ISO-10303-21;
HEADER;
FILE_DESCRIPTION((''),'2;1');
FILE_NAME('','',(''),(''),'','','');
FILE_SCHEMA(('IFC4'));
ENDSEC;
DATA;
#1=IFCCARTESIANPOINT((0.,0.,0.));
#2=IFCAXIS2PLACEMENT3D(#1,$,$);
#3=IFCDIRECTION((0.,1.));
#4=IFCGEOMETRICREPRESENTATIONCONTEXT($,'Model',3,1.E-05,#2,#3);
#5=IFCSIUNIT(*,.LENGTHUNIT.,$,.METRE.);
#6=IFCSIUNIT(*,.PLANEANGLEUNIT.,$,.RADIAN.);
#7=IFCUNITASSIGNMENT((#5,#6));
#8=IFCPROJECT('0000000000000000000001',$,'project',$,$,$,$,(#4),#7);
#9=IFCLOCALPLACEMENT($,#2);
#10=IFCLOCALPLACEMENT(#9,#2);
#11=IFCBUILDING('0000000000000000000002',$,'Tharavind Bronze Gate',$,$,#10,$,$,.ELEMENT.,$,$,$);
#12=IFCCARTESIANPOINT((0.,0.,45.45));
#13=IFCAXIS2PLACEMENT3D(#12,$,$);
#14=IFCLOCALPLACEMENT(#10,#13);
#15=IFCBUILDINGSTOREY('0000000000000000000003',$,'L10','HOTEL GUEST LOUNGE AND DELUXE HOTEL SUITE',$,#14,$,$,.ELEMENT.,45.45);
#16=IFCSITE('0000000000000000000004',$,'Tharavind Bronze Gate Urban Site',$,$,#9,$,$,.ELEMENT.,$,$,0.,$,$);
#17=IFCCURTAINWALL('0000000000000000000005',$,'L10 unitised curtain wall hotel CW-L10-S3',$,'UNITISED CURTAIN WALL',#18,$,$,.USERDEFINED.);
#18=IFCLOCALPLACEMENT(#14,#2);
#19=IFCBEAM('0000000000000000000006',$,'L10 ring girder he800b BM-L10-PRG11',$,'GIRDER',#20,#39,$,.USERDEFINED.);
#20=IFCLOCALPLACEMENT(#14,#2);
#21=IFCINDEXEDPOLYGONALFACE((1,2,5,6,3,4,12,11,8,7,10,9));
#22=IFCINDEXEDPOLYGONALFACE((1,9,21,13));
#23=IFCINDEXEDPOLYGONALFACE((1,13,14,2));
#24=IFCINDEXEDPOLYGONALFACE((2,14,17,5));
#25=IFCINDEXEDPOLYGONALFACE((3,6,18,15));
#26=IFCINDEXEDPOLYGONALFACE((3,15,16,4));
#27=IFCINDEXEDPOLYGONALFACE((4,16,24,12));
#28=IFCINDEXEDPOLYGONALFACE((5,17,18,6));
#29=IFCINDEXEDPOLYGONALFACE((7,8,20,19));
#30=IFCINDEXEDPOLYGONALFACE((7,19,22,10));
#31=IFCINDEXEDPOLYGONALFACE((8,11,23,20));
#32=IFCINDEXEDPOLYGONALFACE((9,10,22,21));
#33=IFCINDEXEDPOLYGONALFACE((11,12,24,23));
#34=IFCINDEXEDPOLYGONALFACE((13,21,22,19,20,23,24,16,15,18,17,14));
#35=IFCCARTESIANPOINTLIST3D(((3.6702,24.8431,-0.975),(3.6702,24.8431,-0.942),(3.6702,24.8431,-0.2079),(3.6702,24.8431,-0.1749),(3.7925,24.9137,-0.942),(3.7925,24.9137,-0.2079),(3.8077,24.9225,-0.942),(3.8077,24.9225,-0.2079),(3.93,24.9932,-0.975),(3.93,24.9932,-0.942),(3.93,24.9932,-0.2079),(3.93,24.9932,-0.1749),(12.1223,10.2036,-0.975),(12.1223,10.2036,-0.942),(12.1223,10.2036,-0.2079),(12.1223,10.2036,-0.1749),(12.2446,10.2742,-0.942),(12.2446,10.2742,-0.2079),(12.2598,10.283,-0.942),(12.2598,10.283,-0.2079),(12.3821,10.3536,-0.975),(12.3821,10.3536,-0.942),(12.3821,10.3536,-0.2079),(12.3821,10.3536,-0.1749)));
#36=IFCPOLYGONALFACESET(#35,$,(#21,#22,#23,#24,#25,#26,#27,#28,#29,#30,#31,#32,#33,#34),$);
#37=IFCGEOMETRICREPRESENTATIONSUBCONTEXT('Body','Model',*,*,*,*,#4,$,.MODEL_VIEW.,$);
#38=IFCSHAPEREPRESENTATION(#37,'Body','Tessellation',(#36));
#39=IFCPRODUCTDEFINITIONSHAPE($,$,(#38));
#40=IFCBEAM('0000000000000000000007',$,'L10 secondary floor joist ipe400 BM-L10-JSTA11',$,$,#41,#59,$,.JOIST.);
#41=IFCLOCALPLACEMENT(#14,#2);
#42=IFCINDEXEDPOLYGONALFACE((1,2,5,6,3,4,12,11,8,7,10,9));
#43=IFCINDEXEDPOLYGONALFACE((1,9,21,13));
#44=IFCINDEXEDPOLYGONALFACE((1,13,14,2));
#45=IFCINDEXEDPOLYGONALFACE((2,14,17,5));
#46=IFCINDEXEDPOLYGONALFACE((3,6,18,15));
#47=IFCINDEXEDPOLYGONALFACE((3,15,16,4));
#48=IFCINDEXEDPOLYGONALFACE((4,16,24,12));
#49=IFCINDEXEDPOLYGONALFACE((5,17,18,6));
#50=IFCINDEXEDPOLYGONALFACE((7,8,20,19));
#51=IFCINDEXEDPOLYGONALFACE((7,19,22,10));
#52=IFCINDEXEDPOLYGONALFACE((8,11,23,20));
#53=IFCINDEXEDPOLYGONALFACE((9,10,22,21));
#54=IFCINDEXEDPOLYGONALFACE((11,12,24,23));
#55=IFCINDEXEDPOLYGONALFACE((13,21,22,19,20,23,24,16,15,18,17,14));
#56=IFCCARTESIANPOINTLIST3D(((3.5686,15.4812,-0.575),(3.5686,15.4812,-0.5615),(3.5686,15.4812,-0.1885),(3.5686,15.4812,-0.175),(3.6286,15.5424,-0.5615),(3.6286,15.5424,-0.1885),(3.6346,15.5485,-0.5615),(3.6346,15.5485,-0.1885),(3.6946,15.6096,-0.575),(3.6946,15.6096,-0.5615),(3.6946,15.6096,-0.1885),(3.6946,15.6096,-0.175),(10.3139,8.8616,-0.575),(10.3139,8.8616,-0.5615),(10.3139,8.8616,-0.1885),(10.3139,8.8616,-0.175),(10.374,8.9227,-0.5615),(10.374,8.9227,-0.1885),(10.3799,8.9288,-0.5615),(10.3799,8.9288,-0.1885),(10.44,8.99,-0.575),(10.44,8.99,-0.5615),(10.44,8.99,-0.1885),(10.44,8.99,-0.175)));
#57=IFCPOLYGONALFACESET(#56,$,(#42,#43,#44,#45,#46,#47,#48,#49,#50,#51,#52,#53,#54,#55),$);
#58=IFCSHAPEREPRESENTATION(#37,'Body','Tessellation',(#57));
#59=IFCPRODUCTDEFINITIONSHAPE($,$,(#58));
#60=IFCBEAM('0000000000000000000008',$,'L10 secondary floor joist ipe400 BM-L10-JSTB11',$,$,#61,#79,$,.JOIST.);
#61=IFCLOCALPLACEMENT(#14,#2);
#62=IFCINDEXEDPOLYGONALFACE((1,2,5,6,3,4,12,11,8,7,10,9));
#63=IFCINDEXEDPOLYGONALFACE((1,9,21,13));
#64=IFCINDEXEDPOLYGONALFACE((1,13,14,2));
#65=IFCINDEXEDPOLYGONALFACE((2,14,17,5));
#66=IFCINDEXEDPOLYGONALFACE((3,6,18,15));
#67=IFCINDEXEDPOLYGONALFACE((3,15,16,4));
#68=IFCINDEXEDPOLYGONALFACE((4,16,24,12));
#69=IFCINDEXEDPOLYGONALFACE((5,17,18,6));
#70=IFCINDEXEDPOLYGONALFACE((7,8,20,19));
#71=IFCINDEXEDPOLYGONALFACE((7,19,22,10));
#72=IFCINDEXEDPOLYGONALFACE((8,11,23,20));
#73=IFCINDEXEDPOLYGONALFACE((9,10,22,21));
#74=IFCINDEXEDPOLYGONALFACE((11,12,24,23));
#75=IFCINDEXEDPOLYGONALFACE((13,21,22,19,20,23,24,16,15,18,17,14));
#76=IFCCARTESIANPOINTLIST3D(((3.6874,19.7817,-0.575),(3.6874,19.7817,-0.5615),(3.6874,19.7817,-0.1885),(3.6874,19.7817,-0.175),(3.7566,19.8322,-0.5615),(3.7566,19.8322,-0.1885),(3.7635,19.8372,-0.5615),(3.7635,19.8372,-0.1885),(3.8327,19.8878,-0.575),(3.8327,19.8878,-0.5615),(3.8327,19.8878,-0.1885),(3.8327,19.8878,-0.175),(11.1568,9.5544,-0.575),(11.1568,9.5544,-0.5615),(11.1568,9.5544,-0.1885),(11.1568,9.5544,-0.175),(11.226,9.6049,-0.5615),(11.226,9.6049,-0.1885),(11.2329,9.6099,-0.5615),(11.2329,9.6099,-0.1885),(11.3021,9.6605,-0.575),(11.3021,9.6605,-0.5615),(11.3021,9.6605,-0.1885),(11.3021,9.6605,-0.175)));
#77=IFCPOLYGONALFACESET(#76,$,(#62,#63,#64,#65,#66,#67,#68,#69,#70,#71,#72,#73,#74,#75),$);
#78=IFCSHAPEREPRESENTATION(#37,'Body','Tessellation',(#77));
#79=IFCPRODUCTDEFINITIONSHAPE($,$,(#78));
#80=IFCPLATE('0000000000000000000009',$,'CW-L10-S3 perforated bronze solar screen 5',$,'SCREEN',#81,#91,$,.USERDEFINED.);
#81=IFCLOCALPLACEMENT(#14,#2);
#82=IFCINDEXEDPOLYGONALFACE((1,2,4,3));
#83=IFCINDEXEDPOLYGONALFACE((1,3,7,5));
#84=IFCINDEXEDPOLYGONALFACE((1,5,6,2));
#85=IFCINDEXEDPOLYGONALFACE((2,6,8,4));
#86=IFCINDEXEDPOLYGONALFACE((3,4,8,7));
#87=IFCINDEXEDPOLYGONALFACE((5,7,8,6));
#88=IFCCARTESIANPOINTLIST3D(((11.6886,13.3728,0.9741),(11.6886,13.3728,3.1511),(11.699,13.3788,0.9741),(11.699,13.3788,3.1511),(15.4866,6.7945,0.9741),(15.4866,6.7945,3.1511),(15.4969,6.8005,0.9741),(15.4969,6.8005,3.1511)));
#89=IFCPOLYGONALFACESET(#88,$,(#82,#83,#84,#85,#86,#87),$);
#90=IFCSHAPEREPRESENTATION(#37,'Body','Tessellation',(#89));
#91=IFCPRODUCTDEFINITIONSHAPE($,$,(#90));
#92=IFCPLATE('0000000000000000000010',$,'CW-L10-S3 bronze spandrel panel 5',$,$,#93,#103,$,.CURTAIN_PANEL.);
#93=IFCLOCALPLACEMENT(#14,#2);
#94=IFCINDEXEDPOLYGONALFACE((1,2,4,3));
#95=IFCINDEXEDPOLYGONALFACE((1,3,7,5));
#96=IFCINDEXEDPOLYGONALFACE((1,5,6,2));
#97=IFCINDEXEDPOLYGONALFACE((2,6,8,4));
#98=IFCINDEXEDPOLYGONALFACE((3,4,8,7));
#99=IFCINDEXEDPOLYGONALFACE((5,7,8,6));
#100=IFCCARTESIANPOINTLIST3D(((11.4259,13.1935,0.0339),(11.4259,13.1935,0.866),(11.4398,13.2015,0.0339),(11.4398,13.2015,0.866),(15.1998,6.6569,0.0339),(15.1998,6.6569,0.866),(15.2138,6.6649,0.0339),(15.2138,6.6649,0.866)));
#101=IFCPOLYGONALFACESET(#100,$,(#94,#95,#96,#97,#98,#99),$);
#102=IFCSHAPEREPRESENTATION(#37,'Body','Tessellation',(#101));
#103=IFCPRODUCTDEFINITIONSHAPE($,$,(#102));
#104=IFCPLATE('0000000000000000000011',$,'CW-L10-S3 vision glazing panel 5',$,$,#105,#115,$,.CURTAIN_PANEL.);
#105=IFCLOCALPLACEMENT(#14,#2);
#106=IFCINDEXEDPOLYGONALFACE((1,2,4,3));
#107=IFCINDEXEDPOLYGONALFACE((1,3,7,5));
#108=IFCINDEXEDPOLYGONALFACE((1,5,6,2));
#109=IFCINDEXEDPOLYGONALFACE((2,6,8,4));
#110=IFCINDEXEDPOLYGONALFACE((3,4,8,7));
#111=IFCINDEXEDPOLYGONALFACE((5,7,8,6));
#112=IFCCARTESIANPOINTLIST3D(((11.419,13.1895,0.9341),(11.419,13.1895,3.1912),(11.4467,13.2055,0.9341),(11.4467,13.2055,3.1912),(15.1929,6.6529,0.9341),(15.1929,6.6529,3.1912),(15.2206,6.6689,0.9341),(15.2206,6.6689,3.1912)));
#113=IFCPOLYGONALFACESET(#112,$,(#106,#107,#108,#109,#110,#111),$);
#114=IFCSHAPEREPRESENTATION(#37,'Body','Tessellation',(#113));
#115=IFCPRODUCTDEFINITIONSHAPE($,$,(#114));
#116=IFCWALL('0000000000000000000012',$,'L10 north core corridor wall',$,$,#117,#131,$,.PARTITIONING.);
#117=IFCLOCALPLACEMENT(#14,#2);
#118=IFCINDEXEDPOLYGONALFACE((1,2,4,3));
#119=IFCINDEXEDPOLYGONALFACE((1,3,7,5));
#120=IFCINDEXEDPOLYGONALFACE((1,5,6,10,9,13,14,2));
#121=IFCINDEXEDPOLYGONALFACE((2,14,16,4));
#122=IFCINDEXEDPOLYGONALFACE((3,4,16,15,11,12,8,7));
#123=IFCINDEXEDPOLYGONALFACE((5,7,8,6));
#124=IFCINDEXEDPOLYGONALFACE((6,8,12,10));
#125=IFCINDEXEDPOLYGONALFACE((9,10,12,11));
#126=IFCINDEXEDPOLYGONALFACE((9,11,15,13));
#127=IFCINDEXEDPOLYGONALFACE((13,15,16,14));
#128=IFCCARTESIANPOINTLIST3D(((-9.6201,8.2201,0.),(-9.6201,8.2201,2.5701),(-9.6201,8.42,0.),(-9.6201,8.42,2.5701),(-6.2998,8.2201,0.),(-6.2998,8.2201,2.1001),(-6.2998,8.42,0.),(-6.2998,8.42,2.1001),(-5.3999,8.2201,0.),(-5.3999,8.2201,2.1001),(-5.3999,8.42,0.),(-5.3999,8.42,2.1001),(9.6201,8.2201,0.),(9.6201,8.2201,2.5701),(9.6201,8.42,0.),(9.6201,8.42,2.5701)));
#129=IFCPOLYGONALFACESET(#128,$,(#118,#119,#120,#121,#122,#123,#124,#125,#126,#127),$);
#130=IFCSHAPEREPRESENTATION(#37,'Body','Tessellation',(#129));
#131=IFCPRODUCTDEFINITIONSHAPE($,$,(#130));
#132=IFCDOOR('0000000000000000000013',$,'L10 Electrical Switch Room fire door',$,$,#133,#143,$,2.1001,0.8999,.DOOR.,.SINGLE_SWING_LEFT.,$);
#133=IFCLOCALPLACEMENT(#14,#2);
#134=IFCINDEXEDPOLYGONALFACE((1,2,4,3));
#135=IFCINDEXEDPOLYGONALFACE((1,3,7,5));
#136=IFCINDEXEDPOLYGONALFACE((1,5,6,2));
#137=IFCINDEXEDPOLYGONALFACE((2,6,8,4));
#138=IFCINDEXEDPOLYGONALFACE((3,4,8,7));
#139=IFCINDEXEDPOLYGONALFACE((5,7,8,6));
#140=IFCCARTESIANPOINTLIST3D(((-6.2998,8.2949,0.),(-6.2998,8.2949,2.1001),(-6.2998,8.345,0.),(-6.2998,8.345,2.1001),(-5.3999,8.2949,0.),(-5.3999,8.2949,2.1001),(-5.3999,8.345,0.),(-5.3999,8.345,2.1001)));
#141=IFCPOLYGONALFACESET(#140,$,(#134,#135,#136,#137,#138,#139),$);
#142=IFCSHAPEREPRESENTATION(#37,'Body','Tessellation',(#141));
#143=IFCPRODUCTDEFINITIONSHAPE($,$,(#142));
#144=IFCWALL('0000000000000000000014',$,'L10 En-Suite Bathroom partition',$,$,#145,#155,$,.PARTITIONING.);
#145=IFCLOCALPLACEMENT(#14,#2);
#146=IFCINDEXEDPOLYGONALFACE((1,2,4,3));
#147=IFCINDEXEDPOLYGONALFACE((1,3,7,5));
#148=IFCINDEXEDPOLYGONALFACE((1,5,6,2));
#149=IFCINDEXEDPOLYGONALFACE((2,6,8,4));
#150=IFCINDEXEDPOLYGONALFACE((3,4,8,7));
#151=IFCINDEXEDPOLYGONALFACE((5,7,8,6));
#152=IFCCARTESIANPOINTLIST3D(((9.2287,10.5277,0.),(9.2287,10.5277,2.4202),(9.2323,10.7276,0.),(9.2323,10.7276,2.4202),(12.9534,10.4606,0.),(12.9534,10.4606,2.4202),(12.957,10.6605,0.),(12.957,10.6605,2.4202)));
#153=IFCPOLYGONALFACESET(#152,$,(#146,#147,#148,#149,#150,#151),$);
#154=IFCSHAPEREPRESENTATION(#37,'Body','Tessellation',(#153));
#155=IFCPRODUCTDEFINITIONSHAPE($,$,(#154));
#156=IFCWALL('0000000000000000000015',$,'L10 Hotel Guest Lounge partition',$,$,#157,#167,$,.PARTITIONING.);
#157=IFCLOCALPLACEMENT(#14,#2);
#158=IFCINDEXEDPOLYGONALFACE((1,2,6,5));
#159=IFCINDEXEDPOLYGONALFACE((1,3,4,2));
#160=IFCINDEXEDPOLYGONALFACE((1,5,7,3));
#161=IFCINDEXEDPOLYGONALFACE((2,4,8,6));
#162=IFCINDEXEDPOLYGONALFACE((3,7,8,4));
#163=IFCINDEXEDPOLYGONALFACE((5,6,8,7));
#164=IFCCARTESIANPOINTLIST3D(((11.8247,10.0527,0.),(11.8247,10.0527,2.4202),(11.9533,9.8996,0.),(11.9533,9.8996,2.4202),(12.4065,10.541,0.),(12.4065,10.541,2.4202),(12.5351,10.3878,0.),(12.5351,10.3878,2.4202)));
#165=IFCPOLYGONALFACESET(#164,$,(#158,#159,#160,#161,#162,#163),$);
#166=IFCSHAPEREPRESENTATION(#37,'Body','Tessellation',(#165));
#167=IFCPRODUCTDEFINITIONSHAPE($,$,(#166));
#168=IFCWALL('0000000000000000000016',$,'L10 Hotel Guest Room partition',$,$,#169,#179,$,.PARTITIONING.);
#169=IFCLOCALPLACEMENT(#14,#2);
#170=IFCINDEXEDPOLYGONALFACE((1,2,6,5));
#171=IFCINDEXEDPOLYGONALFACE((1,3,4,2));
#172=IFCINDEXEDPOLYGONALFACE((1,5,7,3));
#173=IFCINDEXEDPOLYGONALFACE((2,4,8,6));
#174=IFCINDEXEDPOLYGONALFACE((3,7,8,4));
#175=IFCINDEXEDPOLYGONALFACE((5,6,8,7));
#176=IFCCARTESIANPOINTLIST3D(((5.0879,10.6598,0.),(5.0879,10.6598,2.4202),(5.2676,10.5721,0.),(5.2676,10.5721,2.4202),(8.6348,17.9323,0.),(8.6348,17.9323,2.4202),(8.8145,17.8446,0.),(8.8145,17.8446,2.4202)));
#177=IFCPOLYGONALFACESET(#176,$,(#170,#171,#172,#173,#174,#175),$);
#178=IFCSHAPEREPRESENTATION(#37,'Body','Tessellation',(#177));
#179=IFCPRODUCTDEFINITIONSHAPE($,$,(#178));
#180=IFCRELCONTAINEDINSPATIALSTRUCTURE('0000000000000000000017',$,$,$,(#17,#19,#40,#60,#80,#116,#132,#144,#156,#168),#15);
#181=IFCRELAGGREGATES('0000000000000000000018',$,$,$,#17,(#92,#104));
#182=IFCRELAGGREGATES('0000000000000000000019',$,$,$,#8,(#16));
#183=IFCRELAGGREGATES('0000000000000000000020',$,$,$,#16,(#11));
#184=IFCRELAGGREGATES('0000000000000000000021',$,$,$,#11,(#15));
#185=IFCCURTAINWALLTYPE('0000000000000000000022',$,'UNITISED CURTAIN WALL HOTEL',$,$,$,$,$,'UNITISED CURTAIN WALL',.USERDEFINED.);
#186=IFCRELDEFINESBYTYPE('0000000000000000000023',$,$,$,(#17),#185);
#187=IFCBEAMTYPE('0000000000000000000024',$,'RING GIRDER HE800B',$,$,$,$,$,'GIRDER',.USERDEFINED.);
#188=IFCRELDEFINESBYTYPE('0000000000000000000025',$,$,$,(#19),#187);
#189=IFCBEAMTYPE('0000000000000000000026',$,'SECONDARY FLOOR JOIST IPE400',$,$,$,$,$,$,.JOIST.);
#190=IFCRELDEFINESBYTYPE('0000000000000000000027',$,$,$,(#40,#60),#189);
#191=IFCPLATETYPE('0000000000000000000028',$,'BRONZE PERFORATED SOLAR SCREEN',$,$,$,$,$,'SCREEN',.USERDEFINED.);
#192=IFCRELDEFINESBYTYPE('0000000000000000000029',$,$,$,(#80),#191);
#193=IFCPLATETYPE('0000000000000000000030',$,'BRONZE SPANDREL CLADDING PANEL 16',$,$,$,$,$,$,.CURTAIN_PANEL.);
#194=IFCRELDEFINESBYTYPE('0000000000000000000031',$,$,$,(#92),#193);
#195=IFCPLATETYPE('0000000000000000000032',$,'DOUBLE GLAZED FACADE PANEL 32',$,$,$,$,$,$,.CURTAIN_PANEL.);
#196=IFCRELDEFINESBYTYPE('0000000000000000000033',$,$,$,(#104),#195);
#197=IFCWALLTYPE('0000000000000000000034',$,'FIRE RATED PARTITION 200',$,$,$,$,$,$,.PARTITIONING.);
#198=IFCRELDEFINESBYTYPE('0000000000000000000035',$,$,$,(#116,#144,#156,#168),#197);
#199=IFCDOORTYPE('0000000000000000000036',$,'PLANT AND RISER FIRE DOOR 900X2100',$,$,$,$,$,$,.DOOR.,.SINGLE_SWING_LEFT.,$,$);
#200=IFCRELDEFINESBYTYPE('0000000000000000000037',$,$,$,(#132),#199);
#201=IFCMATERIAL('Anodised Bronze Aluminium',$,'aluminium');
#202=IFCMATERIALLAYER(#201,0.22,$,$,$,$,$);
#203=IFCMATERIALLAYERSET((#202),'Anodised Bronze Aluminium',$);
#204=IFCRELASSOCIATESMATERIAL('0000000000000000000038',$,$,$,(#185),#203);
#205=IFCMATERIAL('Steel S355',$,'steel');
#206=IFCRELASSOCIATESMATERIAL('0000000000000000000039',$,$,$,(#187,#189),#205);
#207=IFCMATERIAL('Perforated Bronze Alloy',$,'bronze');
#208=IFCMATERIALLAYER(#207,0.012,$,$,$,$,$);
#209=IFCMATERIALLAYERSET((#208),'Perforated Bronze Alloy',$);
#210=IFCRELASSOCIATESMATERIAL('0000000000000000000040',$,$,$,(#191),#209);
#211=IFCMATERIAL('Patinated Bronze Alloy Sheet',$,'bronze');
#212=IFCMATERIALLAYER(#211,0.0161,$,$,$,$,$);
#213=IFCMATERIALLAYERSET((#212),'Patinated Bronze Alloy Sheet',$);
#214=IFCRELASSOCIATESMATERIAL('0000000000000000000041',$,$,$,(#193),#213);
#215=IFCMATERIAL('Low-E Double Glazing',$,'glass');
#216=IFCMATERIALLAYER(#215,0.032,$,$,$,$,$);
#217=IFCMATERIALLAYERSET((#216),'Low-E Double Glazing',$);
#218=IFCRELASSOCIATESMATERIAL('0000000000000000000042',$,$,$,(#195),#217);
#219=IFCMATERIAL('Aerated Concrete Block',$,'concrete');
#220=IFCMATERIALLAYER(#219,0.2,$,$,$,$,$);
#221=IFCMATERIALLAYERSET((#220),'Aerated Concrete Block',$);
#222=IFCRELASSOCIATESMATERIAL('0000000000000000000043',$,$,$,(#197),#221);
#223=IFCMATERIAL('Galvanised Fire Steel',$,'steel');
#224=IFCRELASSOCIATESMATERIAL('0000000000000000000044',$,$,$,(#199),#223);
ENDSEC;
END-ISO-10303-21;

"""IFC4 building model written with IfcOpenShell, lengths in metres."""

from ifc_helpers import new_model, si_unit, direction, frame, frame_2d, origin, origin_2d, place, context, subcontext, project, spatial, rectangle, i_section, extrude, material, layer, layer_set, material_profile, profile_set, type_object, element, fill, aggregate, save


model = new_model("IFC4")

# Units and contexts
model_context = context("Model", 3, precision=1e-05, world=origin(), true_north=direction((0.0, 1.0)))
body_context = subcontext(model_context, "Body", "Model", "MODEL_VIEW")
ifc_project = project(units=[si_unit("LENGTHUNIT", "METRE"), si_unit("PLANEANGLEUNIT", "RADIAN")], contexts=[model_context])

# Site, building, storey
site_placement = place(None, origin())
site = spatial("IfcSite", under=ifc_project, at=site_placement, Name="Tharavind Bronze Gate Urban Site", CompositionType="ELEMENT", RefElevation=0.0)
building_placement = place(site_placement, origin())
building = spatial("IfcBuilding", under=site, at=building_placement, Name="Tharavind Bronze Gate", CompositionType="ELEMENT")
storey_placement = place(building_placement, frame((0.0, 0.0, 45.45)))
storey = spatial("IfcBuildingStorey", under=building, at=storey_placement, Name="L10", Description="HOTEL GUEST LOUNGE AND DELUXE HOTEL SUITE", CompositionType="ELEMENT", Elevation=45.45)

# Curtain wall
ifc_material_1 = material(Name="Anodised Bronze Aluminium", Category="aluminium")
ifc_layer_1 = layer(ifc_material_1, 0.22)
ifc_layer_set_1 = layer_set([ifc_layer_1], Name="Anodised Bronze Aluminium")
curtain_wall_type = type_object("IfcCurtainWallType", Name="UNITISED CURTAIN WALL HOTEL", ElementType="UNITISED CURTAIN WALL", PredefinedType="USERDEFINED", material=ifc_layer_set_1)
curtain_wall_placement = place(storey_placement, origin())
curtain_wall = element("IfcCurtainWall", 1, at=curtain_wall_placement, inside=storey, type_object=curtain_wall_type, Name="L10 unitised curtain wall hotel CW-L10-S3", ObjectType="UNITISED CURTAIN WALL", PredefinedType="USERDEFINED")

# Beams
ifc_material_2 = material(Name="Steel S355", Category="steel")
ifc_material_profile_1 = material_profile(ifc_material_2, i_section(OverallWidth=0.3, OverallDepth=0.8, WebThickness=0.0176, FlangeThickness=0.033, at=origin_2d()), Name="HE800B")
ifc_profile_set_1 = profile_set([ifc_material_profile_1], Name="Steel S355")
beam_type_1 = type_object("IfcBeamType", Name="RING GIRDER HE800B", ElementType="GIRDER", PredefinedType="USERDEFINED", material=ifc_profile_set_1)
beam_1_placement = place(storey_placement, frame((12.2522, 10.2786, -0.575), z_axis=(-0.499997, 0.866027, 0.0), x_axis=(-0.866027, -0.499997, 0.0)))
element("IfcBeam", 2, at=beam_1_placement, inside=storey, type_object=beam_type_1, Name="L10 ring girder he800b BM-L10-PRG11", ObjectType="GIRDER", PredefinedType="USERDEFINED", context=body_context, shape_type="SweptSolid", body=[
    extrude(i_section(OverallWidth=0.3, OverallDepth=0.8, WebThickness=0.0176, FlangeThickness=0.033, at=origin_2d()), origin(), (0.0, 0.0, 1.0), 16.9043),
])
ifc_material_profile_2 = material_profile(ifc_material_2, i_section(OverallWidth=0.1799, OverallDepth=0.3999, WebThickness=0.0085, FlangeThickness=0.0134, at=origin_2d()), Name="IPE400")
ifc_profile_set_2 = profile_set([ifc_material_profile_2], Name="Steel S355")
beam_type_2 = type_object("IfcBeamType", Name="SECONDARY FLOOR JOIST IPE400", PredefinedType="JOIST", material=ifc_profile_set_2)
beam_2_placement = place(storey_placement, frame((10.377, 8.9258, -0.375), z_axis=(-0.713727, 0.700424, 0.0), x_axis=(-0.700424, -0.713727, 0.0)))
element("IfcBeam", 3, at=beam_2_placement, inside=storey, type_object=beam_type_2, Name="L10 secondary floor joist ipe400 BM-L10-JSTA11", PredefinedType="JOIST", context=body_context, shape_type="SweptSolid", body=[
    extrude(i_section(OverallWidth=0.1799, OverallDepth=0.3999, WebThickness=0.0085, FlangeThickness=0.0134, at=origin_2d()), origin(), (0.0, 0.0, 1.0), 9.4509),
])
beam_3_placement = place(storey_placement, frame((11.2295, 9.6074, -0.375), z_axis=(-0.589795, 0.807553, 0.0), x_axis=(-0.807553, -0.589795, 0.0)))
element("IfcBeam", 4, at=beam_3_placement, inside=storey, type_object=beam_type_2, Name="L10 secondary floor joist ipe400 BM-L10-JSTB11", PredefinedType="JOIST", context=body_context, shape_type="SweptSolid", body=[
    extrude(i_section(OverallWidth=0.1799, OverallDepth=0.3999, WebThickness=0.0085, FlangeThickness=0.0134, at=origin_2d()), origin(), (0.0, 0.0, 1.0), 12.6646),
])

# Plates
ifc_material_3 = material(Name="Perforated Bronze Alloy", Category="bronze")
ifc_layer_2 = layer(ifc_material_3, 0.012)
ifc_layer_set_2 = layer_set([ifc_layer_2], Name="Perforated Bronze Alloy")
plate_type_1 = type_object("IfcPlateType", Name="BRONZE PERFORATED SOLAR SCREEN", ElementType="SCREEN", PredefinedType="USERDEFINED", material=ifc_layer_set_2)
plate_1_placement = place(storey_placement, frame((13.5928, 10.0867, 0.9741), z_axis=(0.0, 0.0, 1.0), x_axis=(-0.500002, 0.866025, 0.0)))
element("IfcPlate", 5, at=plate_1_placement, inside=storey, type_object=plate_type_1, Name="CW-L10-S3 perforated bronze solar screen 5", ObjectType="SCREEN", PredefinedType="USERDEFINED", context=body_context, shape_type="SweptSolid", body=[
    extrude(rectangle(XDim=7.5959, YDim=0.012, at=origin_2d()), origin(), (0.0, 0.0, 1.0), 2.177),
])
ifc_material_4 = material(Name="Patinated Bronze Alloy Sheet", Category="bronze")
ifc_layer_3 = layer(ifc_material_4, 0.0161)
ifc_layer_set_3 = layer_set([ifc_layer_3], Name="Patinated Bronze Alloy Sheet")
plate_type_2 = type_object("IfcPlateType", Name="BRONZE SPANDREL CLADDING PANEL 16", PredefinedType="CURTAIN_PANEL", material=ifc_layer_set_3)
plate_2_placement = place(storey_placement, frame((13.3198, 9.9292, 0.0339), z_axis=(0.0, 0.0, 1.0), x_axis=(-0.500002, 0.866025, 0.0)))
plate_2 = element("IfcPlate", 6, at=plate_2_placement, type_object=plate_type_2, Name="CW-L10-S3 bronze spandrel panel 5", PredefinedType="CURTAIN_PANEL", context=body_context, shape_type="SweptSolid", body=[
    extrude(rectangle(XDim=7.5479, YDim=0.0161, at=origin_2d()), origin(), (0.0, 0.0, 1.0), 0.832),
])
ifc_material_5 = material(Name="Low-E Double Glazing", Category="glass")
ifc_layer_4 = layer(ifc_material_5, 0.032)
ifc_layer_set_4 = layer_set([ifc_layer_4], Name="Low-E Double Glazing")
plate_type_3 = type_object("IfcPlateType", Name="DOUBLE GLAZED FACADE PANEL 32", PredefinedType="CURTAIN_PANEL", material=ifc_layer_set_4)
plate_3_placement = place(storey_placement, frame((13.3198, 9.9292, 0.9341), z_axis=(0.0, 0.0, 1.0), x_axis=(-0.500002, 0.866025, 0.0)))
plate_3 = element("IfcPlate", 7, at=plate_3_placement, type_object=plate_type_3, Name="CW-L10-S3 vision glazing panel 5", PredefinedType="CURTAIN_PANEL", context=body_context, shape_type="SweptSolid", body=[
    extrude(rectangle(XDim=7.5479, YDim=0.032, at=origin_2d()), origin(), (0.0, 0.0, 1.0), 2.2571),
])
aggregate(curtain_wall, [plate_2, plate_3])

# Wall, opening, door
ifc_material_6 = material(Name="Aerated Concrete Block", Category="concrete")
ifc_layer_5 = layer(ifc_material_6, 0.2)
ifc_layer_set_5 = layer_set([ifc_layer_5], Name="Aerated Concrete Block")
wall_type_1 = type_object("IfcWallType", Name="FIRE RATED PARTITION 200", PredefinedType="PARTITIONING", material=ifc_layer_set_5)
wall_1_placement = place(storey_placement, frame((9.6201, 8.3201, 0.0), z_axis=(0.0, 0.0, 1.0), x_axis=(-1.0, 0.0, 0.0)))
wall_1 = element("IfcWall", 8, at=wall_1_placement, inside=storey, type_object=wall_type_1, Name="L10 north core corridor wall", PredefinedType="PARTITIONING", context=body_context, shape_type="SweptSolid", body=[
    extrude(rectangle(XDim=19.2402, YDim=0.2, at=frame_2d((9.6201, 0.0))), origin(), (0.0, 0.0, 1.0), 2.5701),
])
opening_1_placement = place(wall_1_placement, frame((15.02, 0.0, 0.0)))
opening_1 = element("IfcOpeningElement", 9, at=opening_1_placement, cuts=wall_1, PredefinedType="OPENING", context=body_context, shape_type="SweptSolid", body=[
    extrude(rectangle(XDim=0.8999, YDim=2.1001, at=frame_2d((0.45, 1.05))), frame((0.0, 0.1101, 0.0), z_axis=(0.0, -1.0, 0.0), x_axis=(1.0, 0.0, 0.0)), (0.0, 0.0, 1.0), 0.22),
])
ifc_material_7 = material(Name="Galvanised Fire Steel", Category="steel")
door_type_1 = type_object("IfcDoorType", Name="PLANT AND RISER FIRE DOOR 900X2100", OperationType="SINGLE_SWING_LEFT", PredefinedType="DOOR", material=ifc_material_7)
door_1_placement = place(opening_1_placement, frame((0.8999, 0.0, 0.0), z_axis=(0.0, 0.0, 1.0), x_axis=(-1.0, 0.0, 0.0)))
door_1 = element("IfcDoor", 10, at=door_1_placement, inside=storey, type_object=door_type_1, Name="L10 Electrical Switch Room fire door", OperationType="SINGLE_SWING_LEFT", OverallHeight=2.1001, OverallWidth=0.8999, PredefinedType="DOOR", context=body_context, shape_type="SweptSolid", body=[
    extrude(rectangle(XDim=0.8999, YDim=2.1001, at=frame_2d((0.45, 1.05))), frame((0.0, 0.0249, 0.0), z_axis=(0.0, -1.0, 0.0), x_axis=(1.0, 0.0, 0.0)), (0.0, 0.0, 1.0), 0.05),
])
fill(opening_1, door_1)

# Walls
wall_2_placement = place(storey_placement, frame((12.9553, 10.5605, 0.0), z_axis=(0.0, 0.0, 1.0), x_axis=(-0.999838, 0.018022, 0.0)))
element("IfcWall", 11, at=wall_2_placement, inside=storey, type_object=wall_type_1, Name="L10 En-Suite Bathroom partition", PredefinedType="PARTITIONING", context=body_context, shape_type="SweptSolid", body=[
    extrude(rectangle(XDim=3.7253, YDim=0.2, at=frame_2d((1.8628, 0.0))), origin(), (0.0, 0.0, 1.0), 2.4202),
])
wall_3_placement = place(storey_placement, frame((11.8889, 9.9761, 0.0), z_axis=(0.0, 0.0, 1.0), x_axis=(0.765977, 0.642868, 0.0)))
element("IfcWall", 12, at=wall_3_placement, inside=storey, type_object=wall_type_1, Name="L10 Hotel Guest Lounge partition", PredefinedType="PARTITIONING", context=body_context, shape_type="SweptSolid", body=[
    extrude(rectangle(XDim=0.7595, YDim=0.2, at=frame_2d((0.3799, 0.0))), origin(), (0.0, 0.0, 1.0), 2.4202),
])
wall_4_placement = place(storey_placement, frame((5.1777, 10.616, 0.0), z_axis=(0.0, 0.0, 1.0), x_axis=(0.438357, 0.898801, 0.0)))
element("IfcWall", 13, at=wall_4_placement, inside=storey, type_object=wall_type_1, Name="L10 Hotel Guest Room partition", PredefinedType="PARTITIONING", context=body_context, shape_type="SweptSolid", body=[
    extrude(rectangle(XDim=8.0913, YDim=0.2, at=frame_2d((4.0457, 0.0))), origin(), (0.0, 0.0, 1.0), 2.4202),
])

save(model, "model.ifc")
